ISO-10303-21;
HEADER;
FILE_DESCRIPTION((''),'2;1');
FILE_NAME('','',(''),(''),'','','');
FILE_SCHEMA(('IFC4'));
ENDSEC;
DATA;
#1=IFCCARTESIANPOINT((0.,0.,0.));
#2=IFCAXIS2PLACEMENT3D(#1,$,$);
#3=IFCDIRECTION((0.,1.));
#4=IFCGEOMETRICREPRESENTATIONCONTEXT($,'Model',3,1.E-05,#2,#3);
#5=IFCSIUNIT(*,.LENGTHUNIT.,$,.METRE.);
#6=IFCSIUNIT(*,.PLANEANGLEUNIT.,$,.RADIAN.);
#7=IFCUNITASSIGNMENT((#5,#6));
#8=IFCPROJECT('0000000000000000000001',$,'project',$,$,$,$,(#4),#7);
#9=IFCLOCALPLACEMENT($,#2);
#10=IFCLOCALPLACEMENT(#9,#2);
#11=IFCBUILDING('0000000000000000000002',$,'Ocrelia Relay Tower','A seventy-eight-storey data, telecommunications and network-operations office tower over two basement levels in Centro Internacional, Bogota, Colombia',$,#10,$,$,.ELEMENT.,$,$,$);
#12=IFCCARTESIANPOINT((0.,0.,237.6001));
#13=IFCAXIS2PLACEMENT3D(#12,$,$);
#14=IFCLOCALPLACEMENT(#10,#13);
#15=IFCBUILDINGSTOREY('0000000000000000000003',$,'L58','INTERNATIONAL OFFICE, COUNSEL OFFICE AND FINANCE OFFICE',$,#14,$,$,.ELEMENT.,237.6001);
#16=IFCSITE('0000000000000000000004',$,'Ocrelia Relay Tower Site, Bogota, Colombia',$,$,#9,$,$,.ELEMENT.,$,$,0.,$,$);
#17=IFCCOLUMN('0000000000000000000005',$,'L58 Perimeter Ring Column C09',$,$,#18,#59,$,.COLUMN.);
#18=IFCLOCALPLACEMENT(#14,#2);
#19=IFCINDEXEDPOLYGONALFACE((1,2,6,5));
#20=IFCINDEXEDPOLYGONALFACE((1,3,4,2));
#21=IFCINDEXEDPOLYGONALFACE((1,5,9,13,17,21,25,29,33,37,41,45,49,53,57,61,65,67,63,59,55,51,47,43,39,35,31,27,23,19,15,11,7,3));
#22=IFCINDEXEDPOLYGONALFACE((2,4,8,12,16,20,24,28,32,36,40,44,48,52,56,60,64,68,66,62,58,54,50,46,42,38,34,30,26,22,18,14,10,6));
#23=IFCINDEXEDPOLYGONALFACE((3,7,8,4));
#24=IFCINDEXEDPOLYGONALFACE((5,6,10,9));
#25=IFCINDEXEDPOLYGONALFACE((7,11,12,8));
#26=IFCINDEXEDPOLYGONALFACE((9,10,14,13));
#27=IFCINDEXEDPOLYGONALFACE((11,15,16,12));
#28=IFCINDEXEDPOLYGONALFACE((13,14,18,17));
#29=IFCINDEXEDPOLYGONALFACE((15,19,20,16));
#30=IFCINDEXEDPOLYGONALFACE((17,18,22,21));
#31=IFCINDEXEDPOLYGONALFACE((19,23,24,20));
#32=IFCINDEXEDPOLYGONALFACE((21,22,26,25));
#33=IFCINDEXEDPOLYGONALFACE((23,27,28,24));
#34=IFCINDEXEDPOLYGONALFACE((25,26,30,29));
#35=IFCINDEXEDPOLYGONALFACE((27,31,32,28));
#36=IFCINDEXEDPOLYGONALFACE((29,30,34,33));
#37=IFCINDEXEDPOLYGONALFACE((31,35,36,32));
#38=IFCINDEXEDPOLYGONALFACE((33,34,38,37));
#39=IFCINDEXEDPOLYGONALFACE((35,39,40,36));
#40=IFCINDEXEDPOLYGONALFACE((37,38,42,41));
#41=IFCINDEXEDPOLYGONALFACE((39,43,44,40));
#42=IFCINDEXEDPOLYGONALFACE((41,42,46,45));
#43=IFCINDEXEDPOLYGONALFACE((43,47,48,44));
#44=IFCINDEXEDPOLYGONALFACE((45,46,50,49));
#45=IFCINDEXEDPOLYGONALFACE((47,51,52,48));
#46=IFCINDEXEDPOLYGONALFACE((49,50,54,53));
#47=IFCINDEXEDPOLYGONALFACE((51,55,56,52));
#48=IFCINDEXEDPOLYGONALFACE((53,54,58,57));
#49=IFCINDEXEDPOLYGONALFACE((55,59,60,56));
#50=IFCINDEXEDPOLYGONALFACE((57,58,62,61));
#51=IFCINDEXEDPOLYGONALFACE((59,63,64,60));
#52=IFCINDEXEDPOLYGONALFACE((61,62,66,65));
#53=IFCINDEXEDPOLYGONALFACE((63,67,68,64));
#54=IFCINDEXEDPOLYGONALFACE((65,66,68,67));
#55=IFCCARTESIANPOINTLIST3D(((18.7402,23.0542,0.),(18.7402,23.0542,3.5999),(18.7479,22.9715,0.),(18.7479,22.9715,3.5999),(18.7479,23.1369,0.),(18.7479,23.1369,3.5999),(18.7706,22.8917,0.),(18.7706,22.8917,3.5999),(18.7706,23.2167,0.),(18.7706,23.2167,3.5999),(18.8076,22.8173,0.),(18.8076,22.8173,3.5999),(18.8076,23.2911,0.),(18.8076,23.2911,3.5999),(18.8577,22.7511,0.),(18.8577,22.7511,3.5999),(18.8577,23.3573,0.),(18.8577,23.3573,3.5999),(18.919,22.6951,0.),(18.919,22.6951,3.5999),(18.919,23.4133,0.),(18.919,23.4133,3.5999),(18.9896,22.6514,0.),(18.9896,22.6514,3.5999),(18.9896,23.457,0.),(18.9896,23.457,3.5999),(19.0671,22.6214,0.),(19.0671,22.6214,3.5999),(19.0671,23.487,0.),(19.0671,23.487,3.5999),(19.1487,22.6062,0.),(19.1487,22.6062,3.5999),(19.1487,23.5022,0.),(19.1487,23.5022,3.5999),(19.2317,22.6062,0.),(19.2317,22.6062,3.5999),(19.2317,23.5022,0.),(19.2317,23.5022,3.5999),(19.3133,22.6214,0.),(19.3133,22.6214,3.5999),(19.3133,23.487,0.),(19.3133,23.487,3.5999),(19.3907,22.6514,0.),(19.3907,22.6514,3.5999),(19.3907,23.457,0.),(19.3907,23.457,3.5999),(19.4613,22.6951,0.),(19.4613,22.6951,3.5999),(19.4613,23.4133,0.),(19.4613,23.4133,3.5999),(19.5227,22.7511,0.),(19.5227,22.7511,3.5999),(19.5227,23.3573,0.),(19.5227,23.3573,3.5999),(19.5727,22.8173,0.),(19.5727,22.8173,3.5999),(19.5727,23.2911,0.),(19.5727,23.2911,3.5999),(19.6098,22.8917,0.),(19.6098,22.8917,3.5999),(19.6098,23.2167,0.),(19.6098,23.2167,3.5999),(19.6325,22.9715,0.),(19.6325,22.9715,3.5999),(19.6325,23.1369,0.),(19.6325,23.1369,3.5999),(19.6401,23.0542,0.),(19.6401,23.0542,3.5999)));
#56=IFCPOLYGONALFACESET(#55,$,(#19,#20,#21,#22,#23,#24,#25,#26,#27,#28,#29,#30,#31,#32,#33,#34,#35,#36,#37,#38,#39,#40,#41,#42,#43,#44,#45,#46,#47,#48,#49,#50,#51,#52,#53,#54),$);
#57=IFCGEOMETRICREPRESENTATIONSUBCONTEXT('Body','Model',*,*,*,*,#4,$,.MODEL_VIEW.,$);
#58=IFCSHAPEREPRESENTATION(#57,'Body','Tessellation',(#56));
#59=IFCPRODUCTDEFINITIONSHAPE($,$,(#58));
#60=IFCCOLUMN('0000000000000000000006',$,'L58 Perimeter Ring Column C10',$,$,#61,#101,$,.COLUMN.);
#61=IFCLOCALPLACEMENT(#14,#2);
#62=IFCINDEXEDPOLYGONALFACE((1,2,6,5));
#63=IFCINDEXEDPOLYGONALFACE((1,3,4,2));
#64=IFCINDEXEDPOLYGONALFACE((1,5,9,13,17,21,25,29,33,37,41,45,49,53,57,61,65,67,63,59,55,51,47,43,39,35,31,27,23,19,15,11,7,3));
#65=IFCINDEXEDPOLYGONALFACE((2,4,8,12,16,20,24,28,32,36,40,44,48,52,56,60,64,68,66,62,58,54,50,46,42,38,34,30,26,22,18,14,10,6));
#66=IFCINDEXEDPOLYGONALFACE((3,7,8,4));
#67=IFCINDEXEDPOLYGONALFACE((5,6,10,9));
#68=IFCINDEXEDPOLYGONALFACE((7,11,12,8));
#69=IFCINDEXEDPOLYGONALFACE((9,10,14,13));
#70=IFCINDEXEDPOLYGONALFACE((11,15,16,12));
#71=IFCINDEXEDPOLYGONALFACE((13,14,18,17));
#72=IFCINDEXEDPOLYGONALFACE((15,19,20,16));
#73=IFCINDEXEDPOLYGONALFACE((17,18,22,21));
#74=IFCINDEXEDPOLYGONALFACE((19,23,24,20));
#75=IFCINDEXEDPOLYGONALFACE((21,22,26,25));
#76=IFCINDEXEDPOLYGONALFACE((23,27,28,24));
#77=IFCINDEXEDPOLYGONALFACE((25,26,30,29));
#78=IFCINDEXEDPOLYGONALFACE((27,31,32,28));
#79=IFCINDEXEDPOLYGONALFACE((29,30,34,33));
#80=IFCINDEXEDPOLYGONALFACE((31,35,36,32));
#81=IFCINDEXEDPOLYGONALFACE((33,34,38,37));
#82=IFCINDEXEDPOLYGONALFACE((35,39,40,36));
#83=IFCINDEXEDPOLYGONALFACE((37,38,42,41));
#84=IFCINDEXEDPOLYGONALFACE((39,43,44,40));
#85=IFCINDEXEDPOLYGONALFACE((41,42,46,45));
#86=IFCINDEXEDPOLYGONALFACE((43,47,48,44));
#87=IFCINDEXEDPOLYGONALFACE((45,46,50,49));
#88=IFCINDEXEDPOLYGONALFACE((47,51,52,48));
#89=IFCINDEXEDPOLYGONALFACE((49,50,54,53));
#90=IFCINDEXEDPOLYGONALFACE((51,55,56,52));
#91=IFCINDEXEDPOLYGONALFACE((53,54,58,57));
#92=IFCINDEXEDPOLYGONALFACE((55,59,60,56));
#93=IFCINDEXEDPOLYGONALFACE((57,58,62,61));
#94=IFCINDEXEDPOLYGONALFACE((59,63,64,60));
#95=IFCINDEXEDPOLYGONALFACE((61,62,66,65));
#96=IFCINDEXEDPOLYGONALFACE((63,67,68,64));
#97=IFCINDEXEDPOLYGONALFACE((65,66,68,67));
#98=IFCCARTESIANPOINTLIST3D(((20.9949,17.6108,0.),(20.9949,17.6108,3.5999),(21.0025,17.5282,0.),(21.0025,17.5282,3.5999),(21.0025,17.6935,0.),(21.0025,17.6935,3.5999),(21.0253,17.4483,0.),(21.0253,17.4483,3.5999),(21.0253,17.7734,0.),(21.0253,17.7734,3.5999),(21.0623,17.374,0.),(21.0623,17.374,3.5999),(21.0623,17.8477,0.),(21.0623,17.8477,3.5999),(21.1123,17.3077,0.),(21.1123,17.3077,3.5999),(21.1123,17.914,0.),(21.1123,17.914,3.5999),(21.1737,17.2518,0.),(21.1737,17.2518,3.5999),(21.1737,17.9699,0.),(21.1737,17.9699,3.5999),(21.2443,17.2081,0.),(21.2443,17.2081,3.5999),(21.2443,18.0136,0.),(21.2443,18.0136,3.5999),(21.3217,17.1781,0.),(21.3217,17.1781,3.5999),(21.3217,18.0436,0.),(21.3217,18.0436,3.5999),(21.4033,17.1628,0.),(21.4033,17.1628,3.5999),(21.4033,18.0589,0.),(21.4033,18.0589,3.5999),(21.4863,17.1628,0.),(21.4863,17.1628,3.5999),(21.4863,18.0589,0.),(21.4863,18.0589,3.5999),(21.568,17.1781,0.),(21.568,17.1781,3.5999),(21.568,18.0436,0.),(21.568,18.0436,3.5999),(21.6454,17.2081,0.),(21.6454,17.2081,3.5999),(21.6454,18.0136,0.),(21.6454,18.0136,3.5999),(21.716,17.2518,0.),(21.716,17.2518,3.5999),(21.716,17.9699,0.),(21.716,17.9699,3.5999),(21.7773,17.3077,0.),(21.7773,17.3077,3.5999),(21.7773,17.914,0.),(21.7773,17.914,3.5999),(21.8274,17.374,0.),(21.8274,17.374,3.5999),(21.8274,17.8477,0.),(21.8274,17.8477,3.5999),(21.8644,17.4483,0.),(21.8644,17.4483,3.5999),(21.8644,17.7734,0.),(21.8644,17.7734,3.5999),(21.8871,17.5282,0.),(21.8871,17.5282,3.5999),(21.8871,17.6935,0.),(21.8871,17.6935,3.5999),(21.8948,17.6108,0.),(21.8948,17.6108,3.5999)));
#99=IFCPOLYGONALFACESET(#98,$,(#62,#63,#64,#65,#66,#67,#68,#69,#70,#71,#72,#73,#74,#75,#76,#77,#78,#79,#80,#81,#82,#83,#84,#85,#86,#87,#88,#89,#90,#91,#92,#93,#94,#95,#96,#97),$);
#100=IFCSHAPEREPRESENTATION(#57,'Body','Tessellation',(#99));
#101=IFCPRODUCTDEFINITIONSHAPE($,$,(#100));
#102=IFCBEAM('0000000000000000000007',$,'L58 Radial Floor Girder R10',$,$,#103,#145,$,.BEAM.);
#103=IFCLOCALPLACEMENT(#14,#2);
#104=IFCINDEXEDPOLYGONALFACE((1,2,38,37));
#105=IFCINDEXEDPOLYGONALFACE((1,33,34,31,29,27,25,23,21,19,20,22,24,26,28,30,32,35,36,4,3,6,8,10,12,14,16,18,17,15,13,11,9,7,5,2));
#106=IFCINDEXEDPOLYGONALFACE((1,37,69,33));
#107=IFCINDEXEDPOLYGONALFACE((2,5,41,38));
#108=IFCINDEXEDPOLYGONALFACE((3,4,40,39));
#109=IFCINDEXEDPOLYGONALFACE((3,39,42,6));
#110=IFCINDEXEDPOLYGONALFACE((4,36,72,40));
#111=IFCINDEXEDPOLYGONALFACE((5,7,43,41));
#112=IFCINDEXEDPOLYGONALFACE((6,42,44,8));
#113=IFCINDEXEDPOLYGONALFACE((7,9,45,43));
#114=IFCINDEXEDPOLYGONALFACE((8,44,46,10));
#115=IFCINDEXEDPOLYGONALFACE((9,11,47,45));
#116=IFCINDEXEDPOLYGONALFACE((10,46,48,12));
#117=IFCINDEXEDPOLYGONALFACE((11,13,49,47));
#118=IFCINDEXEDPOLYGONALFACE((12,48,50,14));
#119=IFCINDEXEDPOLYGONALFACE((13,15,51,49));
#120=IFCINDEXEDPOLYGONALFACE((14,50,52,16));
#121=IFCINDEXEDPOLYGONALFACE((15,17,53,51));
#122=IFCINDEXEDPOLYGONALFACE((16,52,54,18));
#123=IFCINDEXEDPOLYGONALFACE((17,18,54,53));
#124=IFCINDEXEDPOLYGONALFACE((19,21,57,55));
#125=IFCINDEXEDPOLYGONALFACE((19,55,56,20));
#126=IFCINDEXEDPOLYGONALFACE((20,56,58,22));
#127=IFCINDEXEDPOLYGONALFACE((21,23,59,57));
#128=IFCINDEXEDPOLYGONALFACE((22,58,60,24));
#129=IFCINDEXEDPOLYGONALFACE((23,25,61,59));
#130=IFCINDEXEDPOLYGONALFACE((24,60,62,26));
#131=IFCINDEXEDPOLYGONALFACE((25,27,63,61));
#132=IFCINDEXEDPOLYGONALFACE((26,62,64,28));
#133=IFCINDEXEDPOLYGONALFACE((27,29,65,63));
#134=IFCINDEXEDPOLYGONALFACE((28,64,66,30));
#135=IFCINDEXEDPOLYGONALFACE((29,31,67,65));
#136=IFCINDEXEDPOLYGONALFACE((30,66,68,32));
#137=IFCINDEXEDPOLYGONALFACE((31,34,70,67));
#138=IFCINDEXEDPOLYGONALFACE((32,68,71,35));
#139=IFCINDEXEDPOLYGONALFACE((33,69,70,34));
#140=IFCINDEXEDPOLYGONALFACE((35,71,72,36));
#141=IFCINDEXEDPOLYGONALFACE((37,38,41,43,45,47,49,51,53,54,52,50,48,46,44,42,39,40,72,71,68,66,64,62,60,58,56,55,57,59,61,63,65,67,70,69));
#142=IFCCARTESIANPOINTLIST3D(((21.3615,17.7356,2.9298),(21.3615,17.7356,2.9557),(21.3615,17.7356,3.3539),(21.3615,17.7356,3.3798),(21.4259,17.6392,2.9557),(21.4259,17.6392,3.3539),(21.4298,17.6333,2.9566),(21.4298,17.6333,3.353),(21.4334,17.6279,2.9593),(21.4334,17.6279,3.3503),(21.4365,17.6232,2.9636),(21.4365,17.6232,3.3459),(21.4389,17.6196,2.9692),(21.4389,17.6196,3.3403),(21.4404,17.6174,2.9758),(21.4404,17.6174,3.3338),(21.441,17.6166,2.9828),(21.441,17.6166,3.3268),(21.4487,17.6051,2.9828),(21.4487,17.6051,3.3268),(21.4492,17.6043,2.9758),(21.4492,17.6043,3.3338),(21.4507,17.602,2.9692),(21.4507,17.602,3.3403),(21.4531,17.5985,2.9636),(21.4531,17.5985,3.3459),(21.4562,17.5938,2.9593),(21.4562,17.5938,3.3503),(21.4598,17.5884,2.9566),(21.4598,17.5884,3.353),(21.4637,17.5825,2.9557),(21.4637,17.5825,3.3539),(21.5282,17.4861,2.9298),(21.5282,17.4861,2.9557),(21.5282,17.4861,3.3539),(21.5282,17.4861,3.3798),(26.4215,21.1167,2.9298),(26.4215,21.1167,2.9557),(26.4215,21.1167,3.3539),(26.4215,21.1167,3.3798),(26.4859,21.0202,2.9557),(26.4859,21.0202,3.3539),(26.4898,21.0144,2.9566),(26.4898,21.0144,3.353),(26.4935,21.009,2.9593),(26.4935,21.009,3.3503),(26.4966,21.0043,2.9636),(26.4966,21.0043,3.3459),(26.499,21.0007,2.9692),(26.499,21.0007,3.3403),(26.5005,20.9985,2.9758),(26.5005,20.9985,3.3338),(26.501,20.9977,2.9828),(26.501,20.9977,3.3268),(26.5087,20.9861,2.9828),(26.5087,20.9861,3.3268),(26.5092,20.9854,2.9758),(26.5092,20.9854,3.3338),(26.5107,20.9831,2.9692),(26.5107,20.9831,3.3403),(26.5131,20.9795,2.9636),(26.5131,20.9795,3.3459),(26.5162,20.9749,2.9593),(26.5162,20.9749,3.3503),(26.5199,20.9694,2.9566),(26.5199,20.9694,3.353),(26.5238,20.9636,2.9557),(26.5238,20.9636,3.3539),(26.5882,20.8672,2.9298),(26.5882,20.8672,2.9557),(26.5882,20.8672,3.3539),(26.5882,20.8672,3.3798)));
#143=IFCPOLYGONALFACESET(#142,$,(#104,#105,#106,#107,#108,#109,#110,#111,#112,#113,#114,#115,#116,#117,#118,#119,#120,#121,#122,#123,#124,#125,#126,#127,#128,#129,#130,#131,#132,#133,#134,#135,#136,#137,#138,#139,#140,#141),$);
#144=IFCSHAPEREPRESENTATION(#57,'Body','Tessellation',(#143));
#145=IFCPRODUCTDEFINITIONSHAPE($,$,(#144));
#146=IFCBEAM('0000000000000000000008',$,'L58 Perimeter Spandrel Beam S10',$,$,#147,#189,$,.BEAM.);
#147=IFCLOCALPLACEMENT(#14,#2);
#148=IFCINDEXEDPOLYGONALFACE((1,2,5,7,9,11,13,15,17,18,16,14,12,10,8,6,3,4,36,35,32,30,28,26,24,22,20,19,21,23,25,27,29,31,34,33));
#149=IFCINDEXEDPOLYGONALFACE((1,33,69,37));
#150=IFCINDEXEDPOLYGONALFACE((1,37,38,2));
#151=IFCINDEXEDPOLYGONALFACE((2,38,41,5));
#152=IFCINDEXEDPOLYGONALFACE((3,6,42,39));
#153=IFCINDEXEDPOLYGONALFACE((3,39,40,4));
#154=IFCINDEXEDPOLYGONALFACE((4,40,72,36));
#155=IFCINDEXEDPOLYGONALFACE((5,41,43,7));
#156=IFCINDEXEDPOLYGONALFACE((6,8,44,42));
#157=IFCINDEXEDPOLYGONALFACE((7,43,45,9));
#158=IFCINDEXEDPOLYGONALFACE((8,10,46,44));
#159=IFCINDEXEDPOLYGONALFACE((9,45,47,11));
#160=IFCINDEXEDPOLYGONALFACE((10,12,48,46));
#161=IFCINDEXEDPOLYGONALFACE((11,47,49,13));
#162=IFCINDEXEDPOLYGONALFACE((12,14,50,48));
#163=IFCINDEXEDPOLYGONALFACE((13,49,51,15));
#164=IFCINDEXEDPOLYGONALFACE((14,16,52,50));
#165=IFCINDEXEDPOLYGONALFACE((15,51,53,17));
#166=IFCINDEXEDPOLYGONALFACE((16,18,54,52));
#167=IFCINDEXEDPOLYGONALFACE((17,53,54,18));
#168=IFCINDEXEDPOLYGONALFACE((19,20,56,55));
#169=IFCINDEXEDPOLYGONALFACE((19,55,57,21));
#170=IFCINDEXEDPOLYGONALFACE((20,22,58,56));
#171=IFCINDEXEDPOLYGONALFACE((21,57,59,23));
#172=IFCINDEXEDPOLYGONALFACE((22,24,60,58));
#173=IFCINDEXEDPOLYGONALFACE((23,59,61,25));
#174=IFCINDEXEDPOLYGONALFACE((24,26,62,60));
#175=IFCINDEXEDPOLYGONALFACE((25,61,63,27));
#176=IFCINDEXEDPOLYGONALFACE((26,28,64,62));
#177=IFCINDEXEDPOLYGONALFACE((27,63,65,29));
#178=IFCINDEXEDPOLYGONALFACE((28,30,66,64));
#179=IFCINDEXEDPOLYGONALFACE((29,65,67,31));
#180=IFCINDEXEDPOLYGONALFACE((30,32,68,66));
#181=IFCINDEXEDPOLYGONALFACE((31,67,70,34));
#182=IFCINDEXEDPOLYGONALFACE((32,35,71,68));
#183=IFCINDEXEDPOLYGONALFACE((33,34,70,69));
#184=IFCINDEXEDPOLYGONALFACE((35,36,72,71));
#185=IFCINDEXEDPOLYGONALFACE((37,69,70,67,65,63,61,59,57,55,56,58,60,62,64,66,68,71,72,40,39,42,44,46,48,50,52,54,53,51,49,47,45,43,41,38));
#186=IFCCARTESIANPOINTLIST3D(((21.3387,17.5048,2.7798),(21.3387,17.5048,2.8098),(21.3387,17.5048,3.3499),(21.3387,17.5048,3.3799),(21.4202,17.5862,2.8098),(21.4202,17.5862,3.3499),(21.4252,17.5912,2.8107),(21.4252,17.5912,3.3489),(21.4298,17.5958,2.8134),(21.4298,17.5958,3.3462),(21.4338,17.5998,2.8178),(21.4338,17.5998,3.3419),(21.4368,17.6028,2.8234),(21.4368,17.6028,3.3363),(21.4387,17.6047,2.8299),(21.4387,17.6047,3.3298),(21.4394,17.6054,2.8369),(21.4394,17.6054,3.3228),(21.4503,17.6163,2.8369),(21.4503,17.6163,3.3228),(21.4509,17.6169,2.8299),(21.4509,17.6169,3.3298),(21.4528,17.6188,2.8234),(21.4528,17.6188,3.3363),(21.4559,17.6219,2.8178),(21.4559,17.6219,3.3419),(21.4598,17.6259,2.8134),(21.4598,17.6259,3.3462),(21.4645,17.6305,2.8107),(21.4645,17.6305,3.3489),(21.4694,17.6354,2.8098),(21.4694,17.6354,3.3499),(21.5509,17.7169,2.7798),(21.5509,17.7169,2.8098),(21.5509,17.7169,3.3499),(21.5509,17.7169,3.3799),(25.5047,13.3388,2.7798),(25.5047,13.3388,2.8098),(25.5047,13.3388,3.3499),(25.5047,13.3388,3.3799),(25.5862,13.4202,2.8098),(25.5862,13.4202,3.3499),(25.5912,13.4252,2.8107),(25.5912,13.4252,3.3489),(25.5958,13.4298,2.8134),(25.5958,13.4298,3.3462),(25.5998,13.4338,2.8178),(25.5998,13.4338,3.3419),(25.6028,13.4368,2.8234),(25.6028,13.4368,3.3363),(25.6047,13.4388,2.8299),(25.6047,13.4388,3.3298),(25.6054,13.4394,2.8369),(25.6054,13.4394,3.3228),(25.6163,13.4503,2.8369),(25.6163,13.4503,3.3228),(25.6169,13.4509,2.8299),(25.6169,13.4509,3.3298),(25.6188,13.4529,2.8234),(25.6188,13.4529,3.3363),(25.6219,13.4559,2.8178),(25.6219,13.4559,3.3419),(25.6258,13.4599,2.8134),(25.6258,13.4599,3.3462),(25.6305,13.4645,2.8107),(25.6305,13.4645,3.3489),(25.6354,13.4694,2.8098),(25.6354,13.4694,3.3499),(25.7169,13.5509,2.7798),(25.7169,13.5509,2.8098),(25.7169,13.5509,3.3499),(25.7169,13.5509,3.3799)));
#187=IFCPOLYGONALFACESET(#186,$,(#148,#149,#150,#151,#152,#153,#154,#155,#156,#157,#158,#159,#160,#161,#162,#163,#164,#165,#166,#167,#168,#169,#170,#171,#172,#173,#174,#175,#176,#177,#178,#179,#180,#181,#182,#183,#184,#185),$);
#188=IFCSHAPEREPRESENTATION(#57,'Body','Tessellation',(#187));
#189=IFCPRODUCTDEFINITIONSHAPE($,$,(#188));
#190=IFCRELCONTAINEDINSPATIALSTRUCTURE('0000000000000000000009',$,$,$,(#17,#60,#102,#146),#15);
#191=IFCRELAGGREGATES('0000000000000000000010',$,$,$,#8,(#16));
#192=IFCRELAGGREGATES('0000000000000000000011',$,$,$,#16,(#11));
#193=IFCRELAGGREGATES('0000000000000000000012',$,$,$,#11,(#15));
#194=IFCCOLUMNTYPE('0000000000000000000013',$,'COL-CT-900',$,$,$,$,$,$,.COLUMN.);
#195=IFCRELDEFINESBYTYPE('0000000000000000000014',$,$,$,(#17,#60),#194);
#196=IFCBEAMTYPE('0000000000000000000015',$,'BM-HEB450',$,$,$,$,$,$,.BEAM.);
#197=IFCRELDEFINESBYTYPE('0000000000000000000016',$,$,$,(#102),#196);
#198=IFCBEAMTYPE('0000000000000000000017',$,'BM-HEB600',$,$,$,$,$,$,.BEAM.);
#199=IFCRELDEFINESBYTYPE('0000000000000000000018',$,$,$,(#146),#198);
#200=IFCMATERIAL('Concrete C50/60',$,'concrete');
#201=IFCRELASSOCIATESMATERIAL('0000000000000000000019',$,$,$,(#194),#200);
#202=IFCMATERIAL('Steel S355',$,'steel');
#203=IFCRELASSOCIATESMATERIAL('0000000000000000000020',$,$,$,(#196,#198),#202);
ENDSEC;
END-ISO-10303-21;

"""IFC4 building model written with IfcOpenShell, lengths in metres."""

from ifc_helpers import new_model, si_unit, direction, frame, origin, origin_2d, place, context, subcontext, project, spatial, circle, i_section, extrude, material, material_profile, profile_set, type_object, element, save


model = new_model("IFC4")

# Units and contexts
model_context = context("Model", 3, precision=1e-05, world=origin(), true_north=direction((0.0, 1.0)))
body_context = subcontext(model_context, "Body", "Model", "MODEL_VIEW")
ifc_project = project(units=[si_unit("LENGTHUNIT", "METRE"), si_unit("PLANEANGLEUNIT", "RADIAN")], contexts=[model_context])

# Site, building, storey
site_placement = place(None, origin())
site = spatial("IfcSite", under=ifc_project, at=site_placement, Name="Ocrelia Relay Tower Site, Bogota, Colombia", CompositionType="ELEMENT", RefElevation=0.0)
building_placement = place(site_placement, origin())
building = spatial("IfcBuilding", under=site, at=building_placement, Name="Ocrelia Relay Tower", Description="A seventy-eight-storey data, telecommunications and network-operations office tower over two basement levels in Centro Internacional, Bogota, Colombia", CompositionType="ELEMENT")
storey_placement = place(building_placement, frame((0.0, 0.0, 237.6001)))
storey = spatial("IfcBuildingStorey", under=building, at=storey_placement, Name="L58", Description="INTERNATIONAL OFFICE, COUNSEL OFFICE AND FINANCE OFFICE", CompositionType="ELEMENT", Elevation=237.6001)

# Columns
ifc_material_1 = material(Name="Concrete C50/60", Category="concrete")
ifc_material_profile_1 = material_profile(ifc_material_1, circle(Radius=0.45, at=origin_2d()), Name="RC-CIR-900")
ifc_profile_set_1 = profile_set([ifc_material_profile_1], Name="Concrete C50/60")
column_type = type_object("IfcColumnType", Name="COL-CT-900", PredefinedType="COLUMN", material=ifc_profile_set_1)
for number, where, z_axis, x_axis, name in (
    (1, (19.1902, 23.0542, 0.0), (0.0, 0.0, 1.0), (1.0, 0.0, 0.0), "L58 Perimeter Ring Column C09"),
    (2, (21.4448, 17.6108, 0.0), (0.0, 0.0, 1.0), (1.0, 0.0, 0.0), "L58 Perimeter Ring Column C10"),
):
    element("IfcColumn", number, at=place(storey_placement, frame(where, z_axis=z_axis, x_axis=x_axis)), inside=storey, type_object=column_type, Name=name, PredefinedType="COLUMN", context=body_context, shape_type="SweptSolid", body=[
        extrude(circle(Radius=0.45, at=origin_2d()), origin(), (0.0, 0.0, 1.0), 3.5999),
    ])

# Beams
ifc_material_2 = material(Name="Steel S355", Category="steel")
ifc_material_profile_2 = material_profile(ifc_material_2, i_section(OverallWidth=0.3, OverallDepth=0.45, WebThickness=0.0139, FlangeThickness=0.0259, FilletRadius=0.0271, at=origin_2d()), Name="HEB 450")
ifc_profile_set_2 = profile_set([ifc_material_profile_2], Name="Steel S355")
beam_type_1 = type_object("IfcBeamType", Name="BM-HEB450", PredefinedType="BEAM", material=ifc_profile_set_2)
beam_1_placement = place(storey_placement, frame((21.4448, 17.6108, 3.1548), z_axis=(0.831464, 0.555579, 0.0), x_axis=(-0.555579, 0.831464, 0.0)))
element("IfcBeam", 3, at=beam_1_placement, inside=storey, type_object=beam_type_1, Name="L58 Radial Floor Girder R10", PredefinedType="BEAM", context=body_context, shape_type="SweptSolid", body=[
    extrude(i_section(OverallWidth=0.3, OverallDepth=0.45, WebThickness=0.0139, FlangeThickness=0.0259, FilletRadius=0.0271, at=origin_2d()), origin(), (0.0, 0.0, 1.0), 6.0857),
])
ifc_material_profile_3 = material_profile(ifc_material_2, i_section(OverallWidth=0.3, OverallDepth=0.6001, WebThickness=0.0154, FlangeThickness=0.03, FilletRadius=0.0271, at=origin_2d()), Name="HEB 600")
ifc_profile_set_3 = profile_set([ifc_material_profile_3], Name="Steel S355")
beam_type_2 = type_object("IfcBeamType", Name="BM-HEB600", PredefinedType="BEAM", material=ifc_profile_set_3)
beam_2_placement = place(storey_placement, frame((21.4448, 17.6108, 3.0798), z_axis=(0.707107, -0.707107, 0.0), x_axis=(0.707107, 0.707107, 0.0)))
element("IfcBeam", 4, at=beam_2_placement, inside=storey, type_object=beam_type_2, Name="L58 Perimeter Spandrel Beam S10", PredefinedType="BEAM", context=body_context, shape_type="SweptSolid", body=[
    extrude(i_section(OverallWidth=0.3, OverallDepth=0.6001, WebThickness=0.0154, FlangeThickness=0.03, FilletRadius=0.0271, at=origin_2d()), origin(), (0.0, 0.0, 1.0), 5.8916),
])

save(model, "model.ifc")
